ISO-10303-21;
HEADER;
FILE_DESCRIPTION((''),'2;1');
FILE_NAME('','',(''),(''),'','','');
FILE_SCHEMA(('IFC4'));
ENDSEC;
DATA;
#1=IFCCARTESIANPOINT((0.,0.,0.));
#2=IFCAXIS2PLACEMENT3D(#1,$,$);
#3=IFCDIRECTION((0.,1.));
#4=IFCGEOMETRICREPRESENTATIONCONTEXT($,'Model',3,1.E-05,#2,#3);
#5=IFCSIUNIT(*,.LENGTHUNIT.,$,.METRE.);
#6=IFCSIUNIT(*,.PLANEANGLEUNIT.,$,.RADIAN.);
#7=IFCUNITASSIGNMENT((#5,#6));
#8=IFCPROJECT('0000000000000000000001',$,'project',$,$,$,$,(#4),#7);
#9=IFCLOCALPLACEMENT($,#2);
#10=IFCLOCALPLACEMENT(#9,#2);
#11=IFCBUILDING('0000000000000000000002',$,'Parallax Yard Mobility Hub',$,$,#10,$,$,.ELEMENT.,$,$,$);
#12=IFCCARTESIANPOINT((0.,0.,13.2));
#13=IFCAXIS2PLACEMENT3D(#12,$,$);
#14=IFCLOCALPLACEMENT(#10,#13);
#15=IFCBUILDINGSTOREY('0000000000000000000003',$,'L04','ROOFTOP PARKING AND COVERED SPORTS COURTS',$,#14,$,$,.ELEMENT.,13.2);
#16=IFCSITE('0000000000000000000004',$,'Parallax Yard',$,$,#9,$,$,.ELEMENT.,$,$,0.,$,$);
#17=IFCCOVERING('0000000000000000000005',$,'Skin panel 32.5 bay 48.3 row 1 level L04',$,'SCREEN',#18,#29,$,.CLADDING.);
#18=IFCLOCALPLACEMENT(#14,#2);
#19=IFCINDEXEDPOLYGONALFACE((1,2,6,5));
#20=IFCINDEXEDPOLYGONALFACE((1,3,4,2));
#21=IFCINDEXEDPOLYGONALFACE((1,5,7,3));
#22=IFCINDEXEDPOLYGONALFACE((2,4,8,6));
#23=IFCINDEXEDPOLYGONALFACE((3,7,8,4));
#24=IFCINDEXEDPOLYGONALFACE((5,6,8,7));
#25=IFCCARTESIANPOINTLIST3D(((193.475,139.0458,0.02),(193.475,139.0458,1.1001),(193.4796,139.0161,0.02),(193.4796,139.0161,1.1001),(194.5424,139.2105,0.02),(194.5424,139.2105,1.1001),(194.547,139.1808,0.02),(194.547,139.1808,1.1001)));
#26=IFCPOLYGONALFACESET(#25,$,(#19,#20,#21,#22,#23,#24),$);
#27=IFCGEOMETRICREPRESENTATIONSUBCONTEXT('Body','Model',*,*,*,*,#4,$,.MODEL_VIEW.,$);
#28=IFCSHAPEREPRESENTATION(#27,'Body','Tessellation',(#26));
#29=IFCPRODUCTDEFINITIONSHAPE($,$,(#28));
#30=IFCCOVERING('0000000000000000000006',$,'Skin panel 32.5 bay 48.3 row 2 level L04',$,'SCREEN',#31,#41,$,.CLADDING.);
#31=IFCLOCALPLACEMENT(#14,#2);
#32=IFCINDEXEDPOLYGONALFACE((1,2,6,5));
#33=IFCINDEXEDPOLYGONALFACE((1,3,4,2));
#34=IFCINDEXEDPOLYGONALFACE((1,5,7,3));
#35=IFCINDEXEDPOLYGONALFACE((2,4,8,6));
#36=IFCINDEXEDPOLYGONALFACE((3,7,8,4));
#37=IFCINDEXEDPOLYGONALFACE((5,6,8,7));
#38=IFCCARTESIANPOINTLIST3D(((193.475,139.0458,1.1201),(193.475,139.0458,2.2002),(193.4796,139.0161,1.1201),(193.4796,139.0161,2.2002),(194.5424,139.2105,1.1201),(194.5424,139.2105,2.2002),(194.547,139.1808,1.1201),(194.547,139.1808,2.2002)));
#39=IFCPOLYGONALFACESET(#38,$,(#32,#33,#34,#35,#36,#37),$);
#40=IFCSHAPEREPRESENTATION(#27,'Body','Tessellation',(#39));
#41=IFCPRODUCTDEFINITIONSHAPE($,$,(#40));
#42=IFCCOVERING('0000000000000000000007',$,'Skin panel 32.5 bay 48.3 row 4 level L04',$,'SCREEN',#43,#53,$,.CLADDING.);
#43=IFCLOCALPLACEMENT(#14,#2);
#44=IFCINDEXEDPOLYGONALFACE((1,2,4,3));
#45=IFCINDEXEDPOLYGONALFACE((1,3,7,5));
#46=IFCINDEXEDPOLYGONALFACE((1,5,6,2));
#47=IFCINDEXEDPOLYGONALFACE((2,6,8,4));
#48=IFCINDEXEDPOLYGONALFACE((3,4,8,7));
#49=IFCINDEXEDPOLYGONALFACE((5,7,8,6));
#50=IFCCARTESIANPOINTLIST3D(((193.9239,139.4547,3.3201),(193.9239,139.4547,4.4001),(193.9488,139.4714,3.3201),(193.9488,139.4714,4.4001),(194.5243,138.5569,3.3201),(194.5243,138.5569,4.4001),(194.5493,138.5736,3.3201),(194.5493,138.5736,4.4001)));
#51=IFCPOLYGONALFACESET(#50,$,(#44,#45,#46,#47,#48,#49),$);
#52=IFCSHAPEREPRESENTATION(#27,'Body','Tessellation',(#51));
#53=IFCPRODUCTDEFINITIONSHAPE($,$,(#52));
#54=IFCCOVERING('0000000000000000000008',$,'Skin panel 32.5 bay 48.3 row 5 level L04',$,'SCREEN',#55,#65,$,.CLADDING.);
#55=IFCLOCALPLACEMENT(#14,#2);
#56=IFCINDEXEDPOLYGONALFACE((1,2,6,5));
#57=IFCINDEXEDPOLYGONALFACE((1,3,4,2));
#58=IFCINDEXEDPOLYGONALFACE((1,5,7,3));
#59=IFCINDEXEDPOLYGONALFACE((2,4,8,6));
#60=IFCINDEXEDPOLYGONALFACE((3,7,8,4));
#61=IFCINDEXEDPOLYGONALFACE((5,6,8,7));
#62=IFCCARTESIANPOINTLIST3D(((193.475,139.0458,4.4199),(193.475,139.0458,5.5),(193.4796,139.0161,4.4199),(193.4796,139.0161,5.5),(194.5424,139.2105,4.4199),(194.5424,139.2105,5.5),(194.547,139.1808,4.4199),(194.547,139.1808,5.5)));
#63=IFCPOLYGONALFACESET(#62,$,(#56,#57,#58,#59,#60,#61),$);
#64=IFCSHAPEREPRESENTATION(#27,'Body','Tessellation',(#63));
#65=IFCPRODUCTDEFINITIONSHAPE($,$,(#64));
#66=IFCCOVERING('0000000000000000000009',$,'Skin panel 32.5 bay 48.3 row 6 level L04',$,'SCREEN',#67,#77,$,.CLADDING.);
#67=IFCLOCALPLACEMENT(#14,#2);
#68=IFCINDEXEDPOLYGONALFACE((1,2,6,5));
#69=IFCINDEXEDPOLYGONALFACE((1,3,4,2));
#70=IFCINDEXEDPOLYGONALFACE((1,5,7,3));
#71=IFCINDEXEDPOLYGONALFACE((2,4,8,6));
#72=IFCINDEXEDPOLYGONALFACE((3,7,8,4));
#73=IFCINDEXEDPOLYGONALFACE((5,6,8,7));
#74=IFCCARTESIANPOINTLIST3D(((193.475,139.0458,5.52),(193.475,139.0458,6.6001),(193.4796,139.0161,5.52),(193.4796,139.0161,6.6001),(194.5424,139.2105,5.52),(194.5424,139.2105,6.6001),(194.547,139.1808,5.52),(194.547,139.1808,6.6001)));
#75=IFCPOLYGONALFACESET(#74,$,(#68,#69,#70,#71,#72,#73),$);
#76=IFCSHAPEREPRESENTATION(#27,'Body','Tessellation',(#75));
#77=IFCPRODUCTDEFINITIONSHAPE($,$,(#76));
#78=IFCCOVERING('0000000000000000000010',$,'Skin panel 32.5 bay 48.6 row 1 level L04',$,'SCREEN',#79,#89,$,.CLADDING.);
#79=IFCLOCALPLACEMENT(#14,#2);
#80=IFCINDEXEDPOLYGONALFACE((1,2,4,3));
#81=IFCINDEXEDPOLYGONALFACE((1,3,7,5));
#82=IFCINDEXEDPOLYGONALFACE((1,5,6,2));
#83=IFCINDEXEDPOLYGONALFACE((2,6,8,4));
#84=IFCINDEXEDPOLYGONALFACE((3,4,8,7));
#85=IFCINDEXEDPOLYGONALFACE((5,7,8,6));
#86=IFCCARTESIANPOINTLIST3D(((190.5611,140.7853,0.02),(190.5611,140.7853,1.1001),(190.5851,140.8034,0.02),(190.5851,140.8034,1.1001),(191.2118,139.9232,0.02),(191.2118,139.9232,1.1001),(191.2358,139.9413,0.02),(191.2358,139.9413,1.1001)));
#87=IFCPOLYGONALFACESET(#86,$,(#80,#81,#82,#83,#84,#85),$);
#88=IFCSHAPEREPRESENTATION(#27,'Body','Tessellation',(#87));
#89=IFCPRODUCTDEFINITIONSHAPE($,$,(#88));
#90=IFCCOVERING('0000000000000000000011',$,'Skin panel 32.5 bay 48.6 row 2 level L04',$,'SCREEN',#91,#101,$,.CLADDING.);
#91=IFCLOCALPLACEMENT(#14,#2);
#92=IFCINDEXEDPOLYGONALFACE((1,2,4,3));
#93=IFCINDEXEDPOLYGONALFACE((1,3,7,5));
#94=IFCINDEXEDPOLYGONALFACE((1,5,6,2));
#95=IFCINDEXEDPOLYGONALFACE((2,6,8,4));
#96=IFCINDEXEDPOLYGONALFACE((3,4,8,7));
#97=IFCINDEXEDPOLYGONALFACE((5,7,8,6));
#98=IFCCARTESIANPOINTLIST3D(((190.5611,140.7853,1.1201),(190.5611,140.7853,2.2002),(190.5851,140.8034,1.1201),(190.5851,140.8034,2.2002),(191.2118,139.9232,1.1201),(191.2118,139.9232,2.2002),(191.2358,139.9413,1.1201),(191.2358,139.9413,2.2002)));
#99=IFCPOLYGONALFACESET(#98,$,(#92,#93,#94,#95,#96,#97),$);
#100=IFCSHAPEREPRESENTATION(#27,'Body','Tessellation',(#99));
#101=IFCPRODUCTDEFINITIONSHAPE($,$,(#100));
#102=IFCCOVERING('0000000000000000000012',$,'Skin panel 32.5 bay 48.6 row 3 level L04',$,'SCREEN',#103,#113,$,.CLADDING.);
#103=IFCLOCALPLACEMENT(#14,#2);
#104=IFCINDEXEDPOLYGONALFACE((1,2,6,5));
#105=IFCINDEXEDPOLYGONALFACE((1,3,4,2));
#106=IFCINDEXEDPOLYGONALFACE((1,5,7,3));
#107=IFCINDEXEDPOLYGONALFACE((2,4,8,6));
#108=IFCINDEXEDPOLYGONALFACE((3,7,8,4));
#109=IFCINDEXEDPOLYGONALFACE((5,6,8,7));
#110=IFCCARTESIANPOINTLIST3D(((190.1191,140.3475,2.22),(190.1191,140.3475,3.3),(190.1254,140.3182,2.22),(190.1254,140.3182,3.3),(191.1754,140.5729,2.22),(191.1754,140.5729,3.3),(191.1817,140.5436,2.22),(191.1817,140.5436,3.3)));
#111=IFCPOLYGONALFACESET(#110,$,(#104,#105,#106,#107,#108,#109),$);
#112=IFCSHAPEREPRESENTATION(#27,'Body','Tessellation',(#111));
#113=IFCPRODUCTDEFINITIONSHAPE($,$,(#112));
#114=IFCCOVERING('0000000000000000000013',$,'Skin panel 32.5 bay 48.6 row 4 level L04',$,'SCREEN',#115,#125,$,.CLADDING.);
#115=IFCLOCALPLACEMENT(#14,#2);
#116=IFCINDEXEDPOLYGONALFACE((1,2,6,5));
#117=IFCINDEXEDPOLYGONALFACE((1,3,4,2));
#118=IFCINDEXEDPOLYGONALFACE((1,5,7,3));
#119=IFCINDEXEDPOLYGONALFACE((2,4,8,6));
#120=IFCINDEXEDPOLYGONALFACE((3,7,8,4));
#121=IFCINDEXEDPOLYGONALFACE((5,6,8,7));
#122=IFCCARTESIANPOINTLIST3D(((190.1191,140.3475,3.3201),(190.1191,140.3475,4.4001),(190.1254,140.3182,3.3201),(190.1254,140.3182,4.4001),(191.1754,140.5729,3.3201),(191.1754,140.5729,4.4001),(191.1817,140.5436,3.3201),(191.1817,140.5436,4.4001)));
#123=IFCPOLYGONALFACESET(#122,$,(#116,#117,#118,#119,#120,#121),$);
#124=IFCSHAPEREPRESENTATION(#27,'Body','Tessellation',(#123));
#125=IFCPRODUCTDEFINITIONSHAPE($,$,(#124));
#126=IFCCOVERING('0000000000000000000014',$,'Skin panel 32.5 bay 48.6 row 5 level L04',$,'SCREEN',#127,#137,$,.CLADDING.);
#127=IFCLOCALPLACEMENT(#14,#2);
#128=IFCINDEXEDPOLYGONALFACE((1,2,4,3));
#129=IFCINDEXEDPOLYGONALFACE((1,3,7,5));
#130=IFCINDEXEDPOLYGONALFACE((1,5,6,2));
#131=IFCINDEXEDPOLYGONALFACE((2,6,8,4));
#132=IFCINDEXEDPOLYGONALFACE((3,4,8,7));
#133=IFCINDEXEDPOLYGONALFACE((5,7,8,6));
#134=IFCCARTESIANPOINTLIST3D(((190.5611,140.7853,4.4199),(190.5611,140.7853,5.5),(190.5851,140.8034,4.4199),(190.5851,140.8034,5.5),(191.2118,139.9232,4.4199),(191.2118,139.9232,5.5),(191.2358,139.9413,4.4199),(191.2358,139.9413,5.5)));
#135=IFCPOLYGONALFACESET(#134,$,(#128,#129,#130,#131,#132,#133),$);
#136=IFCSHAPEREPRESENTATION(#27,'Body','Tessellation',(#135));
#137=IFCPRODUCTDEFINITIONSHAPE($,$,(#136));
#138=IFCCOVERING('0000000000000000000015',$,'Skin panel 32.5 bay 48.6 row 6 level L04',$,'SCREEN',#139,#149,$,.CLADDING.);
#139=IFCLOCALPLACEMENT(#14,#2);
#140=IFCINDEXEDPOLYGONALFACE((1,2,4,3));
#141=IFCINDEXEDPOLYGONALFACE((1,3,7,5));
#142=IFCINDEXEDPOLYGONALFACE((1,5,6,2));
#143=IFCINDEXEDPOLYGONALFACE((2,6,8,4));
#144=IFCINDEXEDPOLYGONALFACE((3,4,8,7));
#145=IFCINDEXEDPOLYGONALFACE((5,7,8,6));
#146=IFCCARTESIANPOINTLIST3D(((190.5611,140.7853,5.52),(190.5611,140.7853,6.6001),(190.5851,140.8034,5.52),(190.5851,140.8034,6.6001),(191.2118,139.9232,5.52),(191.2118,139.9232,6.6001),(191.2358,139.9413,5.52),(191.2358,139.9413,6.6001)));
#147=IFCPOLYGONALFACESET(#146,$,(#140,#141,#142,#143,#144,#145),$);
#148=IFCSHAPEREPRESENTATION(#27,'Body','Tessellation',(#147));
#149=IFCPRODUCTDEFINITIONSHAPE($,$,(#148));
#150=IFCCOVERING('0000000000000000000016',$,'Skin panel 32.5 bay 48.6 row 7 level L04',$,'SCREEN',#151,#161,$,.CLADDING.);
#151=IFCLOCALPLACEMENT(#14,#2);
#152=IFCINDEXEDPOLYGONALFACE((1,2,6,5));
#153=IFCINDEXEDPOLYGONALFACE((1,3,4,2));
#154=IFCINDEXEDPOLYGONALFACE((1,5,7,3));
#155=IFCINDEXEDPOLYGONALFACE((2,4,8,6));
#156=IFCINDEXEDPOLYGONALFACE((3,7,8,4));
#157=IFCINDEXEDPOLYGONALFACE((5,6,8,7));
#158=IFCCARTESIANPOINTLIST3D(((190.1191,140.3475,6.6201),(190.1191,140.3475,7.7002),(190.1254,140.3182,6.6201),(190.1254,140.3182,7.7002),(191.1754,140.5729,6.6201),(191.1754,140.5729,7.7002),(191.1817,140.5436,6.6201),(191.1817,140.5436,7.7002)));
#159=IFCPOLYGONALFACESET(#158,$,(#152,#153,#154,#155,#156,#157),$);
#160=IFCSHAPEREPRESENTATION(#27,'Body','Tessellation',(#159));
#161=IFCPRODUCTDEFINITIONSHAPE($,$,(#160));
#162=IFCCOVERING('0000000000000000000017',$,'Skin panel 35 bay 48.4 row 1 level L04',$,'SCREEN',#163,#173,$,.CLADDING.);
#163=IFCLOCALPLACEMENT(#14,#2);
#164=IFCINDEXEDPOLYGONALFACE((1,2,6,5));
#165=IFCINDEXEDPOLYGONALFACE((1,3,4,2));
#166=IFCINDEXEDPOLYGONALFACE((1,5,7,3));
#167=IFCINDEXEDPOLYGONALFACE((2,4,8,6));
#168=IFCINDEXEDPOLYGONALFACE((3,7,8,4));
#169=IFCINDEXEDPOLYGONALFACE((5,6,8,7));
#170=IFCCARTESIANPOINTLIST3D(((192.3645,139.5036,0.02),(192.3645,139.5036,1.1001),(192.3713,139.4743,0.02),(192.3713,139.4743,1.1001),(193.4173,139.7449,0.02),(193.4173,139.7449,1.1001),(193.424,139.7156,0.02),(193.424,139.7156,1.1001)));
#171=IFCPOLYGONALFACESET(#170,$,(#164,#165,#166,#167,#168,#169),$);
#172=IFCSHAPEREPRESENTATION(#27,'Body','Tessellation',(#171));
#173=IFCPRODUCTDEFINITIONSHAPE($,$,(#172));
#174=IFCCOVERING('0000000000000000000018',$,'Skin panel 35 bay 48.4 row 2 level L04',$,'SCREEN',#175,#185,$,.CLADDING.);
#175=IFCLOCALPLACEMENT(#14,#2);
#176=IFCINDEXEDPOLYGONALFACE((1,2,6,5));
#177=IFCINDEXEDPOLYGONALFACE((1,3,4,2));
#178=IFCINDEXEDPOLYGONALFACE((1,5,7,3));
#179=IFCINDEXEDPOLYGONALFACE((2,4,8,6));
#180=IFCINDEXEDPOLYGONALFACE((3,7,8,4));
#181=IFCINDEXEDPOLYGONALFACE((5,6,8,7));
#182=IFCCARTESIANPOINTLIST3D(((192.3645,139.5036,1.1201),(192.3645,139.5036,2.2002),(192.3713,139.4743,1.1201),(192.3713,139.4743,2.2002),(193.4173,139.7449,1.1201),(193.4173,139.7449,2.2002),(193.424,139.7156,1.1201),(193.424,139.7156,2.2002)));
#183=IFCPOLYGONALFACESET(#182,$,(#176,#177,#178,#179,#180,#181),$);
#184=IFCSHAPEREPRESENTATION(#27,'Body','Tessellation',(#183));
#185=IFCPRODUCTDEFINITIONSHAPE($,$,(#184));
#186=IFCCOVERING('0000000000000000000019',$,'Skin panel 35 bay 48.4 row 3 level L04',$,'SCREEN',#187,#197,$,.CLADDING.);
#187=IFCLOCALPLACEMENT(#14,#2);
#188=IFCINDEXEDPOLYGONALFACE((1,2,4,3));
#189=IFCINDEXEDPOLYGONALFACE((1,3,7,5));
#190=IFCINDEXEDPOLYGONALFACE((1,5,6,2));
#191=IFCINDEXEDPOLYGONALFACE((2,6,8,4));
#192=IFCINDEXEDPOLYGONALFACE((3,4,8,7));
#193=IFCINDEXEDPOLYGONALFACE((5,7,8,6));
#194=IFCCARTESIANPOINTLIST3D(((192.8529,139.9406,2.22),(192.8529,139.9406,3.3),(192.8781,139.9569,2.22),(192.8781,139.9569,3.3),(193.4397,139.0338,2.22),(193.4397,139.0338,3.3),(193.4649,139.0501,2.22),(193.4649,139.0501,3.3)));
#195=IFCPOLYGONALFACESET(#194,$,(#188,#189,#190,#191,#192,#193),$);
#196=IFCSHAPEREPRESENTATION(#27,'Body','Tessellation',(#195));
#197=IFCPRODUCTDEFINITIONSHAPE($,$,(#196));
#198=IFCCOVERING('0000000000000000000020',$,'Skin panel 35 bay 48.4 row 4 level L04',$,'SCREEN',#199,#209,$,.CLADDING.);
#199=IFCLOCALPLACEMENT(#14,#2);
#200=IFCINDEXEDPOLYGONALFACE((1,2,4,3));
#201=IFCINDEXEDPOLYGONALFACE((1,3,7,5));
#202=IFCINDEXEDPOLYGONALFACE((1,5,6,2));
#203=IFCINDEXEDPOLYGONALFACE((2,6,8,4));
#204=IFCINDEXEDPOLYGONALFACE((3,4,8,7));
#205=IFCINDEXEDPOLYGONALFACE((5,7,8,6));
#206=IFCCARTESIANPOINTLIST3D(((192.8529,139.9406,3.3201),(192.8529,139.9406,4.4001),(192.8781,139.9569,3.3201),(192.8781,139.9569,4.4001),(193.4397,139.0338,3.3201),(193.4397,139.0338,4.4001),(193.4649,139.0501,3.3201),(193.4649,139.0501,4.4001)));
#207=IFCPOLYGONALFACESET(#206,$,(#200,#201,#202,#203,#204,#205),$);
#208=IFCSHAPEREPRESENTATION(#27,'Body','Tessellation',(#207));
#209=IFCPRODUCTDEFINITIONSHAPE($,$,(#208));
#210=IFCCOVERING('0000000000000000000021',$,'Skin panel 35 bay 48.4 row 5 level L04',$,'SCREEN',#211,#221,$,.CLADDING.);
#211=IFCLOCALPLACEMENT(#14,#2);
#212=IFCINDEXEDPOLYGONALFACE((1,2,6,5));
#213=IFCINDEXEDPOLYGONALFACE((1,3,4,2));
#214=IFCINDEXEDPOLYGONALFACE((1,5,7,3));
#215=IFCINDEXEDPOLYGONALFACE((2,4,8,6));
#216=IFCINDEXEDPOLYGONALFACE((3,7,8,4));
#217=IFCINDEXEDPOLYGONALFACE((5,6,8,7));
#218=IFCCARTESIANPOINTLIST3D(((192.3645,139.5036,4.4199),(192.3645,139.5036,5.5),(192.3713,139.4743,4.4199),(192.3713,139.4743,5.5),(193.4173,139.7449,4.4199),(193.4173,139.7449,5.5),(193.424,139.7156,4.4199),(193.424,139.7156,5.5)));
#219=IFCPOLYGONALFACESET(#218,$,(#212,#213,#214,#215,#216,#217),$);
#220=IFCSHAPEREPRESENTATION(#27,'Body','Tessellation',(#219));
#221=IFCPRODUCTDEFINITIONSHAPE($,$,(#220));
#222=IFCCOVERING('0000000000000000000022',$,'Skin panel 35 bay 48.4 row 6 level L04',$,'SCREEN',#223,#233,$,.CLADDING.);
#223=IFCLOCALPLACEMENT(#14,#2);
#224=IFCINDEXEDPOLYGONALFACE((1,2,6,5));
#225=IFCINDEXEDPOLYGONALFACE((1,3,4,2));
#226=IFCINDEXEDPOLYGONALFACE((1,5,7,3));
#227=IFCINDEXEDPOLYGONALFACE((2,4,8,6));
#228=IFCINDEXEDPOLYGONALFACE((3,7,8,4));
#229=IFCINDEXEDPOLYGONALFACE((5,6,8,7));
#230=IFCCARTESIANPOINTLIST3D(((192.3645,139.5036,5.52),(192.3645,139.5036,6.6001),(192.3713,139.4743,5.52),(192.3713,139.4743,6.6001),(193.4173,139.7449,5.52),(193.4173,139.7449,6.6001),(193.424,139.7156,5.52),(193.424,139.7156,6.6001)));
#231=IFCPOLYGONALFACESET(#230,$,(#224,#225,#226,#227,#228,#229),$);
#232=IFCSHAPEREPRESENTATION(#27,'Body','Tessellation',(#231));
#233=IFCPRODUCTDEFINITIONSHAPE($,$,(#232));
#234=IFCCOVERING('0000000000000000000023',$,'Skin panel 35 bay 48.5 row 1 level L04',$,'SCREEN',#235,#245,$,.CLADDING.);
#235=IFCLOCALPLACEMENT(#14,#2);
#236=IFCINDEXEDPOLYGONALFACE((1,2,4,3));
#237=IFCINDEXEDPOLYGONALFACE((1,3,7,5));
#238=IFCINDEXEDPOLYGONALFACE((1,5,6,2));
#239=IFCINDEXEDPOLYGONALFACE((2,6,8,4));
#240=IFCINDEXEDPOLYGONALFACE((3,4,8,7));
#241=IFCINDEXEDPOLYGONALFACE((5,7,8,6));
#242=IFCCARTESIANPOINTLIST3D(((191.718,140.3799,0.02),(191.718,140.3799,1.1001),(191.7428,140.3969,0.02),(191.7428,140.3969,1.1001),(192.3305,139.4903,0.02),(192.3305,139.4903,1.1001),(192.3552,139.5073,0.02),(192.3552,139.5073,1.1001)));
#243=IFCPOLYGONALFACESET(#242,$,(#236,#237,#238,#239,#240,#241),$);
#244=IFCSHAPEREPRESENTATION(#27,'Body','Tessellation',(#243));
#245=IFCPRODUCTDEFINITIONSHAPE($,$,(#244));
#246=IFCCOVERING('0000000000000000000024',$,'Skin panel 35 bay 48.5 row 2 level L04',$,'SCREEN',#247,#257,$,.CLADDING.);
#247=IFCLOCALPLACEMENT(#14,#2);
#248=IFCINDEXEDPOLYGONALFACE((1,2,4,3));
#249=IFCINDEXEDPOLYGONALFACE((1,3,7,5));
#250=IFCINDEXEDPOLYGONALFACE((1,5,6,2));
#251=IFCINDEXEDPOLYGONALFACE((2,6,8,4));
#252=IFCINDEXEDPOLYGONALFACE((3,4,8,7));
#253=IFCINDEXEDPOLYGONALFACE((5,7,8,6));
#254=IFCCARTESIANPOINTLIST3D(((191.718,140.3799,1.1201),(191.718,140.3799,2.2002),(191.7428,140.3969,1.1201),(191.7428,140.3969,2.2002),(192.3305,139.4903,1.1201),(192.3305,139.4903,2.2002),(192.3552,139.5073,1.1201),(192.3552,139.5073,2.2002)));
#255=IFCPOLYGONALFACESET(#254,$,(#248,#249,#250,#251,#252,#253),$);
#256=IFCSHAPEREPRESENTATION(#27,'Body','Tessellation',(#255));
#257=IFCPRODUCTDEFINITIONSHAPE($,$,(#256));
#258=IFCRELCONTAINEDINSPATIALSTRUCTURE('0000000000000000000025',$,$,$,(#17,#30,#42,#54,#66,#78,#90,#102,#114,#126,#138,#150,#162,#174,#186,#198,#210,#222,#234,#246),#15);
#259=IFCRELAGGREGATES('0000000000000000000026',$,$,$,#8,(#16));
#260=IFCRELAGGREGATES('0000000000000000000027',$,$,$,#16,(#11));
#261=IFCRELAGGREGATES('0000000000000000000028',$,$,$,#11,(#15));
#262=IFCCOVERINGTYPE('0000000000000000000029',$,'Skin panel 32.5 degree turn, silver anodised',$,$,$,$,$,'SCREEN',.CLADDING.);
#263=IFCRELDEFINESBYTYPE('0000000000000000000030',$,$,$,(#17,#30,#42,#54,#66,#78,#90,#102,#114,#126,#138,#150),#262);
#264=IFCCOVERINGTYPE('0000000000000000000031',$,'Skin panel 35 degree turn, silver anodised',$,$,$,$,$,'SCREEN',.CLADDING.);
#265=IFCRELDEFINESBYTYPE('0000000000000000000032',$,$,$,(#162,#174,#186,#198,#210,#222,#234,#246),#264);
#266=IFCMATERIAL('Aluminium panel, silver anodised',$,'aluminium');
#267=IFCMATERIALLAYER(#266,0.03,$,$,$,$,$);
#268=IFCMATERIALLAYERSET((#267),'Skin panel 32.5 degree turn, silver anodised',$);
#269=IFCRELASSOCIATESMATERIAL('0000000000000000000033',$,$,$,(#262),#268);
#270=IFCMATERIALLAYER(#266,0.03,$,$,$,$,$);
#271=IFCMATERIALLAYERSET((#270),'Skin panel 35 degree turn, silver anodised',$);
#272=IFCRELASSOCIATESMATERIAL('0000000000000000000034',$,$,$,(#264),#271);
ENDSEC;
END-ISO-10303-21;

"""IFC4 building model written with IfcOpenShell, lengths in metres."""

from ifc_helpers import new_model, si_unit, direction, frame, origin, origin_2d, place, context, subcontext, project, spatial, rectangle, extrude, material, layer, layer_set, type_object, element, save


model = new_model("IFC4")

# Units and contexts
model_context = context("Model", 3, precision=1e-05, world=origin(), true_north=direction((0.0, 1.0)))
body_context = subcontext(model_context, "Body", "Model", "MODEL_VIEW")
ifc_project = project(units=[si_unit("LENGTHUNIT", "METRE"), si_unit("PLANEANGLEUNIT", "RADIAN")], contexts=[model_context])

# Site, building, storey
site_placement = place(None, origin())
site = spatial("IfcSite", under=ifc_project, at=site_placement, Name="Parallax Yard", CompositionType="ELEMENT", RefElevation=0.0)
building_placement = place(site_placement, origin())
building = spatial("IfcBuilding", under=site, at=building_placement, Name="Parallax Yard Mobility Hub", CompositionType="ELEMENT")
storey_placement = place(building_placement, frame((0.0, 0.0, 13.2)))
storey = spatial("IfcBuildingStorey", under=building, at=storey_placement, Name="L04", Description="ROOFTOP PARKING AND COVERED SPORTS COURTS", CompositionType="ELEMENT", Elevation=13.2)

# Coverings
ifc_material_1 = material(Name="Aluminium panel, silver anodised", Category="aluminium")
ifc_layer_1 = layer(ifc_material_1, 0.03)
ifc_layer_set_1 = layer_set([ifc_layer_1], Name="Skin panel 32.5 degree turn, silver anodised")
covering_type_1 = type_object("IfcCoveringType", Name="Skin panel 32.5 degree turn, silver anodised", ElementType="SCREEN", PredefinedType="CLADDING", material=ifc_layer_set_1)
for number, where, z_axis, x_axis, name in (
    (1, (194.011, 139.1133, 0.02), (0.0, 0.0, 1.0), (0.988301, 0.152515, 0.0), "Skin panel 32.5 bay 48.3 row 1 level L04"),
    (2, (194.011, 139.1133, 1.1201), (0.0, 0.0, 1.0), (0.988301, 0.152515, 0.0), "Skin panel 32.5 bay 48.3 row 2 level L04"),
    (3, (194.2366, 139.0142, 3.3201), (0.0, 0.0, 1.0), (-0.5559, 0.831249, 0.0), "Skin panel 32.5 bay 48.3 row 4 level L04"),
    (4, (194.011, 139.1133, 4.4199), (0.0, 0.0, 1.0), (0.988301, 0.152515, 0.0), "Skin panel 32.5 bay 48.3 row 5 level L04"),
    (5, (194.011, 139.1133, 5.52), (0.0, 0.0, 1.0), (0.988301, 0.152515, 0.0), "Skin panel 32.5 bay 48.3 row 6 level L04"),
    (6, (190.8984, 140.3633, 0.02), (0.0, 0.0, 1.0), (-0.602449, 0.798157, 0.0), "Skin panel 32.5 bay 48.6 row 1 level L04"),
    (7, (190.8984, 140.3633, 1.1201), (0.0, 0.0, 1.0), (-0.602449, 0.798157, 0.0), "Skin panel 32.5 bay 48.6 row 2 level L04"),
    (8, (190.6504, 140.4456, 2.22), (0.0, 0.0, 1.0), (0.977982, 0.208688, 0.0), "Skin panel 32.5 bay 48.6 row 3 level L04"),
    (9, (190.6504, 140.4456, 3.3201), (0.0, 0.0, 1.0), (0.977982, 0.208688, 0.0), "Skin panel 32.5 bay 48.6 row 4 level L04"),
    (10, (190.8984, 140.3633, 4.4199), (0.0, 0.0, 1.0), (-0.602449, 0.798157, 0.0), "Skin panel 32.5 bay 48.6 row 5 level L04"),
    (11, (190.8984, 140.3633, 5.52), (0.0, 0.0, 1.0), (-0.602449, 0.798157, 0.0), "Skin panel 32.5 bay 48.6 row 6 level L04"),
    (12, (190.6504, 140.4456, 6.6201), (0.0, 0.0, 1.0), (0.977982, 0.208688, 0.0), "Skin panel 32.5 bay 48.6 row 7 level L04"),
):
    element("IfcCovering", number, at=place(storey_placement, frame(where, z_axis=z_axis, x_axis=x_axis)), inside=storey, type_object=covering_type_1, Name=name, ObjectType="SCREEN", PredefinedType="CLADDING", context=body_context, shape_type="SweptSolid", body=[
        extrude(rectangle(XDim=1.0801, YDim=0.03, at=origin_2d()), origin(), (0.0, 0.0, 1.0), 1.0801),
    ])
ifc_layer_2 = layer(ifc_material_1, 0.03)
ifc_layer_set_2 = layer_set([ifc_layer_2], Name="Skin panel 35 degree turn, silver anodised")
covering_type_2 = type_object("IfcCoveringType", Name="Skin panel 35 degree turn, silver anodised", ElementType="SCREEN", PredefinedType="CLADDING", material=ifc_layer_set_2)
for number, where, z_axis, x_axis, name in (
    (13, (192.8943, 139.6096, 0.02), (0.0, 0.0, 1.0), (0.974726, 0.223405, 0.0), "Skin panel 35 bay 48.4 row 1 level L04"),
    (14, (192.8943, 139.6096, 1.1201), (0.0, 0.0, 1.0), (0.974726, 0.223405, 0.0), "Skin panel 35 bay 48.4 row 2 level L04"),
    (15, (193.1589, 139.4954, 2.22), (0.0, 0.0, 1.0), (-0.543308, 0.839534, 0.0), "Skin panel 35 bay 48.4 row 3 level L04"),
    (16, (193.1589, 139.4954, 3.3201), (0.0, 0.0, 1.0), (-0.543308, 0.839534, 0.0), "Skin panel 35 bay 48.4 row 4 level L04"),
    (17, (192.8943, 139.6096, 4.4199), (0.0, 0.0, 1.0), (0.974726, 0.223405, 0.0), "Skin panel 35 bay 48.4 row 5 level L04"),
    (18, (192.8943, 139.6096, 5.52), (0.0, 0.0, 1.0), (0.974726, 0.223405, 0.0), "Skin panel 35 bay 48.4 row 6 level L04"),
    (19, (192.0366, 139.9436, 0.02), (0.0, 0.0, 1.0), (-0.567061, 0.823676, 0.0), "Skin panel 35 bay 48.5 row 1 level L04"),
    (20, (192.0366, 139.9436, 1.1201), (0.0, 0.0, 1.0), (-0.567061, 0.823676, 0.0), "Skin panel 35 bay 48.5 row 2 level L04"),
):
    element("IfcCovering", number, at=place(storey_placement, frame(where, z_axis=z_axis, x_axis=x_axis)), inside=storey, type_object=covering_type_2, Name=name, ObjectType="SCREEN", PredefinedType="CLADDING", context=body_context, shape_type="SweptSolid", body=[
        extrude(rectangle(XDim=1.0801, YDim=0.03, at=origin_2d()), origin(), (0.0, 0.0, 1.0), 1.0801),
    ])

save(model, "model.ifc")
